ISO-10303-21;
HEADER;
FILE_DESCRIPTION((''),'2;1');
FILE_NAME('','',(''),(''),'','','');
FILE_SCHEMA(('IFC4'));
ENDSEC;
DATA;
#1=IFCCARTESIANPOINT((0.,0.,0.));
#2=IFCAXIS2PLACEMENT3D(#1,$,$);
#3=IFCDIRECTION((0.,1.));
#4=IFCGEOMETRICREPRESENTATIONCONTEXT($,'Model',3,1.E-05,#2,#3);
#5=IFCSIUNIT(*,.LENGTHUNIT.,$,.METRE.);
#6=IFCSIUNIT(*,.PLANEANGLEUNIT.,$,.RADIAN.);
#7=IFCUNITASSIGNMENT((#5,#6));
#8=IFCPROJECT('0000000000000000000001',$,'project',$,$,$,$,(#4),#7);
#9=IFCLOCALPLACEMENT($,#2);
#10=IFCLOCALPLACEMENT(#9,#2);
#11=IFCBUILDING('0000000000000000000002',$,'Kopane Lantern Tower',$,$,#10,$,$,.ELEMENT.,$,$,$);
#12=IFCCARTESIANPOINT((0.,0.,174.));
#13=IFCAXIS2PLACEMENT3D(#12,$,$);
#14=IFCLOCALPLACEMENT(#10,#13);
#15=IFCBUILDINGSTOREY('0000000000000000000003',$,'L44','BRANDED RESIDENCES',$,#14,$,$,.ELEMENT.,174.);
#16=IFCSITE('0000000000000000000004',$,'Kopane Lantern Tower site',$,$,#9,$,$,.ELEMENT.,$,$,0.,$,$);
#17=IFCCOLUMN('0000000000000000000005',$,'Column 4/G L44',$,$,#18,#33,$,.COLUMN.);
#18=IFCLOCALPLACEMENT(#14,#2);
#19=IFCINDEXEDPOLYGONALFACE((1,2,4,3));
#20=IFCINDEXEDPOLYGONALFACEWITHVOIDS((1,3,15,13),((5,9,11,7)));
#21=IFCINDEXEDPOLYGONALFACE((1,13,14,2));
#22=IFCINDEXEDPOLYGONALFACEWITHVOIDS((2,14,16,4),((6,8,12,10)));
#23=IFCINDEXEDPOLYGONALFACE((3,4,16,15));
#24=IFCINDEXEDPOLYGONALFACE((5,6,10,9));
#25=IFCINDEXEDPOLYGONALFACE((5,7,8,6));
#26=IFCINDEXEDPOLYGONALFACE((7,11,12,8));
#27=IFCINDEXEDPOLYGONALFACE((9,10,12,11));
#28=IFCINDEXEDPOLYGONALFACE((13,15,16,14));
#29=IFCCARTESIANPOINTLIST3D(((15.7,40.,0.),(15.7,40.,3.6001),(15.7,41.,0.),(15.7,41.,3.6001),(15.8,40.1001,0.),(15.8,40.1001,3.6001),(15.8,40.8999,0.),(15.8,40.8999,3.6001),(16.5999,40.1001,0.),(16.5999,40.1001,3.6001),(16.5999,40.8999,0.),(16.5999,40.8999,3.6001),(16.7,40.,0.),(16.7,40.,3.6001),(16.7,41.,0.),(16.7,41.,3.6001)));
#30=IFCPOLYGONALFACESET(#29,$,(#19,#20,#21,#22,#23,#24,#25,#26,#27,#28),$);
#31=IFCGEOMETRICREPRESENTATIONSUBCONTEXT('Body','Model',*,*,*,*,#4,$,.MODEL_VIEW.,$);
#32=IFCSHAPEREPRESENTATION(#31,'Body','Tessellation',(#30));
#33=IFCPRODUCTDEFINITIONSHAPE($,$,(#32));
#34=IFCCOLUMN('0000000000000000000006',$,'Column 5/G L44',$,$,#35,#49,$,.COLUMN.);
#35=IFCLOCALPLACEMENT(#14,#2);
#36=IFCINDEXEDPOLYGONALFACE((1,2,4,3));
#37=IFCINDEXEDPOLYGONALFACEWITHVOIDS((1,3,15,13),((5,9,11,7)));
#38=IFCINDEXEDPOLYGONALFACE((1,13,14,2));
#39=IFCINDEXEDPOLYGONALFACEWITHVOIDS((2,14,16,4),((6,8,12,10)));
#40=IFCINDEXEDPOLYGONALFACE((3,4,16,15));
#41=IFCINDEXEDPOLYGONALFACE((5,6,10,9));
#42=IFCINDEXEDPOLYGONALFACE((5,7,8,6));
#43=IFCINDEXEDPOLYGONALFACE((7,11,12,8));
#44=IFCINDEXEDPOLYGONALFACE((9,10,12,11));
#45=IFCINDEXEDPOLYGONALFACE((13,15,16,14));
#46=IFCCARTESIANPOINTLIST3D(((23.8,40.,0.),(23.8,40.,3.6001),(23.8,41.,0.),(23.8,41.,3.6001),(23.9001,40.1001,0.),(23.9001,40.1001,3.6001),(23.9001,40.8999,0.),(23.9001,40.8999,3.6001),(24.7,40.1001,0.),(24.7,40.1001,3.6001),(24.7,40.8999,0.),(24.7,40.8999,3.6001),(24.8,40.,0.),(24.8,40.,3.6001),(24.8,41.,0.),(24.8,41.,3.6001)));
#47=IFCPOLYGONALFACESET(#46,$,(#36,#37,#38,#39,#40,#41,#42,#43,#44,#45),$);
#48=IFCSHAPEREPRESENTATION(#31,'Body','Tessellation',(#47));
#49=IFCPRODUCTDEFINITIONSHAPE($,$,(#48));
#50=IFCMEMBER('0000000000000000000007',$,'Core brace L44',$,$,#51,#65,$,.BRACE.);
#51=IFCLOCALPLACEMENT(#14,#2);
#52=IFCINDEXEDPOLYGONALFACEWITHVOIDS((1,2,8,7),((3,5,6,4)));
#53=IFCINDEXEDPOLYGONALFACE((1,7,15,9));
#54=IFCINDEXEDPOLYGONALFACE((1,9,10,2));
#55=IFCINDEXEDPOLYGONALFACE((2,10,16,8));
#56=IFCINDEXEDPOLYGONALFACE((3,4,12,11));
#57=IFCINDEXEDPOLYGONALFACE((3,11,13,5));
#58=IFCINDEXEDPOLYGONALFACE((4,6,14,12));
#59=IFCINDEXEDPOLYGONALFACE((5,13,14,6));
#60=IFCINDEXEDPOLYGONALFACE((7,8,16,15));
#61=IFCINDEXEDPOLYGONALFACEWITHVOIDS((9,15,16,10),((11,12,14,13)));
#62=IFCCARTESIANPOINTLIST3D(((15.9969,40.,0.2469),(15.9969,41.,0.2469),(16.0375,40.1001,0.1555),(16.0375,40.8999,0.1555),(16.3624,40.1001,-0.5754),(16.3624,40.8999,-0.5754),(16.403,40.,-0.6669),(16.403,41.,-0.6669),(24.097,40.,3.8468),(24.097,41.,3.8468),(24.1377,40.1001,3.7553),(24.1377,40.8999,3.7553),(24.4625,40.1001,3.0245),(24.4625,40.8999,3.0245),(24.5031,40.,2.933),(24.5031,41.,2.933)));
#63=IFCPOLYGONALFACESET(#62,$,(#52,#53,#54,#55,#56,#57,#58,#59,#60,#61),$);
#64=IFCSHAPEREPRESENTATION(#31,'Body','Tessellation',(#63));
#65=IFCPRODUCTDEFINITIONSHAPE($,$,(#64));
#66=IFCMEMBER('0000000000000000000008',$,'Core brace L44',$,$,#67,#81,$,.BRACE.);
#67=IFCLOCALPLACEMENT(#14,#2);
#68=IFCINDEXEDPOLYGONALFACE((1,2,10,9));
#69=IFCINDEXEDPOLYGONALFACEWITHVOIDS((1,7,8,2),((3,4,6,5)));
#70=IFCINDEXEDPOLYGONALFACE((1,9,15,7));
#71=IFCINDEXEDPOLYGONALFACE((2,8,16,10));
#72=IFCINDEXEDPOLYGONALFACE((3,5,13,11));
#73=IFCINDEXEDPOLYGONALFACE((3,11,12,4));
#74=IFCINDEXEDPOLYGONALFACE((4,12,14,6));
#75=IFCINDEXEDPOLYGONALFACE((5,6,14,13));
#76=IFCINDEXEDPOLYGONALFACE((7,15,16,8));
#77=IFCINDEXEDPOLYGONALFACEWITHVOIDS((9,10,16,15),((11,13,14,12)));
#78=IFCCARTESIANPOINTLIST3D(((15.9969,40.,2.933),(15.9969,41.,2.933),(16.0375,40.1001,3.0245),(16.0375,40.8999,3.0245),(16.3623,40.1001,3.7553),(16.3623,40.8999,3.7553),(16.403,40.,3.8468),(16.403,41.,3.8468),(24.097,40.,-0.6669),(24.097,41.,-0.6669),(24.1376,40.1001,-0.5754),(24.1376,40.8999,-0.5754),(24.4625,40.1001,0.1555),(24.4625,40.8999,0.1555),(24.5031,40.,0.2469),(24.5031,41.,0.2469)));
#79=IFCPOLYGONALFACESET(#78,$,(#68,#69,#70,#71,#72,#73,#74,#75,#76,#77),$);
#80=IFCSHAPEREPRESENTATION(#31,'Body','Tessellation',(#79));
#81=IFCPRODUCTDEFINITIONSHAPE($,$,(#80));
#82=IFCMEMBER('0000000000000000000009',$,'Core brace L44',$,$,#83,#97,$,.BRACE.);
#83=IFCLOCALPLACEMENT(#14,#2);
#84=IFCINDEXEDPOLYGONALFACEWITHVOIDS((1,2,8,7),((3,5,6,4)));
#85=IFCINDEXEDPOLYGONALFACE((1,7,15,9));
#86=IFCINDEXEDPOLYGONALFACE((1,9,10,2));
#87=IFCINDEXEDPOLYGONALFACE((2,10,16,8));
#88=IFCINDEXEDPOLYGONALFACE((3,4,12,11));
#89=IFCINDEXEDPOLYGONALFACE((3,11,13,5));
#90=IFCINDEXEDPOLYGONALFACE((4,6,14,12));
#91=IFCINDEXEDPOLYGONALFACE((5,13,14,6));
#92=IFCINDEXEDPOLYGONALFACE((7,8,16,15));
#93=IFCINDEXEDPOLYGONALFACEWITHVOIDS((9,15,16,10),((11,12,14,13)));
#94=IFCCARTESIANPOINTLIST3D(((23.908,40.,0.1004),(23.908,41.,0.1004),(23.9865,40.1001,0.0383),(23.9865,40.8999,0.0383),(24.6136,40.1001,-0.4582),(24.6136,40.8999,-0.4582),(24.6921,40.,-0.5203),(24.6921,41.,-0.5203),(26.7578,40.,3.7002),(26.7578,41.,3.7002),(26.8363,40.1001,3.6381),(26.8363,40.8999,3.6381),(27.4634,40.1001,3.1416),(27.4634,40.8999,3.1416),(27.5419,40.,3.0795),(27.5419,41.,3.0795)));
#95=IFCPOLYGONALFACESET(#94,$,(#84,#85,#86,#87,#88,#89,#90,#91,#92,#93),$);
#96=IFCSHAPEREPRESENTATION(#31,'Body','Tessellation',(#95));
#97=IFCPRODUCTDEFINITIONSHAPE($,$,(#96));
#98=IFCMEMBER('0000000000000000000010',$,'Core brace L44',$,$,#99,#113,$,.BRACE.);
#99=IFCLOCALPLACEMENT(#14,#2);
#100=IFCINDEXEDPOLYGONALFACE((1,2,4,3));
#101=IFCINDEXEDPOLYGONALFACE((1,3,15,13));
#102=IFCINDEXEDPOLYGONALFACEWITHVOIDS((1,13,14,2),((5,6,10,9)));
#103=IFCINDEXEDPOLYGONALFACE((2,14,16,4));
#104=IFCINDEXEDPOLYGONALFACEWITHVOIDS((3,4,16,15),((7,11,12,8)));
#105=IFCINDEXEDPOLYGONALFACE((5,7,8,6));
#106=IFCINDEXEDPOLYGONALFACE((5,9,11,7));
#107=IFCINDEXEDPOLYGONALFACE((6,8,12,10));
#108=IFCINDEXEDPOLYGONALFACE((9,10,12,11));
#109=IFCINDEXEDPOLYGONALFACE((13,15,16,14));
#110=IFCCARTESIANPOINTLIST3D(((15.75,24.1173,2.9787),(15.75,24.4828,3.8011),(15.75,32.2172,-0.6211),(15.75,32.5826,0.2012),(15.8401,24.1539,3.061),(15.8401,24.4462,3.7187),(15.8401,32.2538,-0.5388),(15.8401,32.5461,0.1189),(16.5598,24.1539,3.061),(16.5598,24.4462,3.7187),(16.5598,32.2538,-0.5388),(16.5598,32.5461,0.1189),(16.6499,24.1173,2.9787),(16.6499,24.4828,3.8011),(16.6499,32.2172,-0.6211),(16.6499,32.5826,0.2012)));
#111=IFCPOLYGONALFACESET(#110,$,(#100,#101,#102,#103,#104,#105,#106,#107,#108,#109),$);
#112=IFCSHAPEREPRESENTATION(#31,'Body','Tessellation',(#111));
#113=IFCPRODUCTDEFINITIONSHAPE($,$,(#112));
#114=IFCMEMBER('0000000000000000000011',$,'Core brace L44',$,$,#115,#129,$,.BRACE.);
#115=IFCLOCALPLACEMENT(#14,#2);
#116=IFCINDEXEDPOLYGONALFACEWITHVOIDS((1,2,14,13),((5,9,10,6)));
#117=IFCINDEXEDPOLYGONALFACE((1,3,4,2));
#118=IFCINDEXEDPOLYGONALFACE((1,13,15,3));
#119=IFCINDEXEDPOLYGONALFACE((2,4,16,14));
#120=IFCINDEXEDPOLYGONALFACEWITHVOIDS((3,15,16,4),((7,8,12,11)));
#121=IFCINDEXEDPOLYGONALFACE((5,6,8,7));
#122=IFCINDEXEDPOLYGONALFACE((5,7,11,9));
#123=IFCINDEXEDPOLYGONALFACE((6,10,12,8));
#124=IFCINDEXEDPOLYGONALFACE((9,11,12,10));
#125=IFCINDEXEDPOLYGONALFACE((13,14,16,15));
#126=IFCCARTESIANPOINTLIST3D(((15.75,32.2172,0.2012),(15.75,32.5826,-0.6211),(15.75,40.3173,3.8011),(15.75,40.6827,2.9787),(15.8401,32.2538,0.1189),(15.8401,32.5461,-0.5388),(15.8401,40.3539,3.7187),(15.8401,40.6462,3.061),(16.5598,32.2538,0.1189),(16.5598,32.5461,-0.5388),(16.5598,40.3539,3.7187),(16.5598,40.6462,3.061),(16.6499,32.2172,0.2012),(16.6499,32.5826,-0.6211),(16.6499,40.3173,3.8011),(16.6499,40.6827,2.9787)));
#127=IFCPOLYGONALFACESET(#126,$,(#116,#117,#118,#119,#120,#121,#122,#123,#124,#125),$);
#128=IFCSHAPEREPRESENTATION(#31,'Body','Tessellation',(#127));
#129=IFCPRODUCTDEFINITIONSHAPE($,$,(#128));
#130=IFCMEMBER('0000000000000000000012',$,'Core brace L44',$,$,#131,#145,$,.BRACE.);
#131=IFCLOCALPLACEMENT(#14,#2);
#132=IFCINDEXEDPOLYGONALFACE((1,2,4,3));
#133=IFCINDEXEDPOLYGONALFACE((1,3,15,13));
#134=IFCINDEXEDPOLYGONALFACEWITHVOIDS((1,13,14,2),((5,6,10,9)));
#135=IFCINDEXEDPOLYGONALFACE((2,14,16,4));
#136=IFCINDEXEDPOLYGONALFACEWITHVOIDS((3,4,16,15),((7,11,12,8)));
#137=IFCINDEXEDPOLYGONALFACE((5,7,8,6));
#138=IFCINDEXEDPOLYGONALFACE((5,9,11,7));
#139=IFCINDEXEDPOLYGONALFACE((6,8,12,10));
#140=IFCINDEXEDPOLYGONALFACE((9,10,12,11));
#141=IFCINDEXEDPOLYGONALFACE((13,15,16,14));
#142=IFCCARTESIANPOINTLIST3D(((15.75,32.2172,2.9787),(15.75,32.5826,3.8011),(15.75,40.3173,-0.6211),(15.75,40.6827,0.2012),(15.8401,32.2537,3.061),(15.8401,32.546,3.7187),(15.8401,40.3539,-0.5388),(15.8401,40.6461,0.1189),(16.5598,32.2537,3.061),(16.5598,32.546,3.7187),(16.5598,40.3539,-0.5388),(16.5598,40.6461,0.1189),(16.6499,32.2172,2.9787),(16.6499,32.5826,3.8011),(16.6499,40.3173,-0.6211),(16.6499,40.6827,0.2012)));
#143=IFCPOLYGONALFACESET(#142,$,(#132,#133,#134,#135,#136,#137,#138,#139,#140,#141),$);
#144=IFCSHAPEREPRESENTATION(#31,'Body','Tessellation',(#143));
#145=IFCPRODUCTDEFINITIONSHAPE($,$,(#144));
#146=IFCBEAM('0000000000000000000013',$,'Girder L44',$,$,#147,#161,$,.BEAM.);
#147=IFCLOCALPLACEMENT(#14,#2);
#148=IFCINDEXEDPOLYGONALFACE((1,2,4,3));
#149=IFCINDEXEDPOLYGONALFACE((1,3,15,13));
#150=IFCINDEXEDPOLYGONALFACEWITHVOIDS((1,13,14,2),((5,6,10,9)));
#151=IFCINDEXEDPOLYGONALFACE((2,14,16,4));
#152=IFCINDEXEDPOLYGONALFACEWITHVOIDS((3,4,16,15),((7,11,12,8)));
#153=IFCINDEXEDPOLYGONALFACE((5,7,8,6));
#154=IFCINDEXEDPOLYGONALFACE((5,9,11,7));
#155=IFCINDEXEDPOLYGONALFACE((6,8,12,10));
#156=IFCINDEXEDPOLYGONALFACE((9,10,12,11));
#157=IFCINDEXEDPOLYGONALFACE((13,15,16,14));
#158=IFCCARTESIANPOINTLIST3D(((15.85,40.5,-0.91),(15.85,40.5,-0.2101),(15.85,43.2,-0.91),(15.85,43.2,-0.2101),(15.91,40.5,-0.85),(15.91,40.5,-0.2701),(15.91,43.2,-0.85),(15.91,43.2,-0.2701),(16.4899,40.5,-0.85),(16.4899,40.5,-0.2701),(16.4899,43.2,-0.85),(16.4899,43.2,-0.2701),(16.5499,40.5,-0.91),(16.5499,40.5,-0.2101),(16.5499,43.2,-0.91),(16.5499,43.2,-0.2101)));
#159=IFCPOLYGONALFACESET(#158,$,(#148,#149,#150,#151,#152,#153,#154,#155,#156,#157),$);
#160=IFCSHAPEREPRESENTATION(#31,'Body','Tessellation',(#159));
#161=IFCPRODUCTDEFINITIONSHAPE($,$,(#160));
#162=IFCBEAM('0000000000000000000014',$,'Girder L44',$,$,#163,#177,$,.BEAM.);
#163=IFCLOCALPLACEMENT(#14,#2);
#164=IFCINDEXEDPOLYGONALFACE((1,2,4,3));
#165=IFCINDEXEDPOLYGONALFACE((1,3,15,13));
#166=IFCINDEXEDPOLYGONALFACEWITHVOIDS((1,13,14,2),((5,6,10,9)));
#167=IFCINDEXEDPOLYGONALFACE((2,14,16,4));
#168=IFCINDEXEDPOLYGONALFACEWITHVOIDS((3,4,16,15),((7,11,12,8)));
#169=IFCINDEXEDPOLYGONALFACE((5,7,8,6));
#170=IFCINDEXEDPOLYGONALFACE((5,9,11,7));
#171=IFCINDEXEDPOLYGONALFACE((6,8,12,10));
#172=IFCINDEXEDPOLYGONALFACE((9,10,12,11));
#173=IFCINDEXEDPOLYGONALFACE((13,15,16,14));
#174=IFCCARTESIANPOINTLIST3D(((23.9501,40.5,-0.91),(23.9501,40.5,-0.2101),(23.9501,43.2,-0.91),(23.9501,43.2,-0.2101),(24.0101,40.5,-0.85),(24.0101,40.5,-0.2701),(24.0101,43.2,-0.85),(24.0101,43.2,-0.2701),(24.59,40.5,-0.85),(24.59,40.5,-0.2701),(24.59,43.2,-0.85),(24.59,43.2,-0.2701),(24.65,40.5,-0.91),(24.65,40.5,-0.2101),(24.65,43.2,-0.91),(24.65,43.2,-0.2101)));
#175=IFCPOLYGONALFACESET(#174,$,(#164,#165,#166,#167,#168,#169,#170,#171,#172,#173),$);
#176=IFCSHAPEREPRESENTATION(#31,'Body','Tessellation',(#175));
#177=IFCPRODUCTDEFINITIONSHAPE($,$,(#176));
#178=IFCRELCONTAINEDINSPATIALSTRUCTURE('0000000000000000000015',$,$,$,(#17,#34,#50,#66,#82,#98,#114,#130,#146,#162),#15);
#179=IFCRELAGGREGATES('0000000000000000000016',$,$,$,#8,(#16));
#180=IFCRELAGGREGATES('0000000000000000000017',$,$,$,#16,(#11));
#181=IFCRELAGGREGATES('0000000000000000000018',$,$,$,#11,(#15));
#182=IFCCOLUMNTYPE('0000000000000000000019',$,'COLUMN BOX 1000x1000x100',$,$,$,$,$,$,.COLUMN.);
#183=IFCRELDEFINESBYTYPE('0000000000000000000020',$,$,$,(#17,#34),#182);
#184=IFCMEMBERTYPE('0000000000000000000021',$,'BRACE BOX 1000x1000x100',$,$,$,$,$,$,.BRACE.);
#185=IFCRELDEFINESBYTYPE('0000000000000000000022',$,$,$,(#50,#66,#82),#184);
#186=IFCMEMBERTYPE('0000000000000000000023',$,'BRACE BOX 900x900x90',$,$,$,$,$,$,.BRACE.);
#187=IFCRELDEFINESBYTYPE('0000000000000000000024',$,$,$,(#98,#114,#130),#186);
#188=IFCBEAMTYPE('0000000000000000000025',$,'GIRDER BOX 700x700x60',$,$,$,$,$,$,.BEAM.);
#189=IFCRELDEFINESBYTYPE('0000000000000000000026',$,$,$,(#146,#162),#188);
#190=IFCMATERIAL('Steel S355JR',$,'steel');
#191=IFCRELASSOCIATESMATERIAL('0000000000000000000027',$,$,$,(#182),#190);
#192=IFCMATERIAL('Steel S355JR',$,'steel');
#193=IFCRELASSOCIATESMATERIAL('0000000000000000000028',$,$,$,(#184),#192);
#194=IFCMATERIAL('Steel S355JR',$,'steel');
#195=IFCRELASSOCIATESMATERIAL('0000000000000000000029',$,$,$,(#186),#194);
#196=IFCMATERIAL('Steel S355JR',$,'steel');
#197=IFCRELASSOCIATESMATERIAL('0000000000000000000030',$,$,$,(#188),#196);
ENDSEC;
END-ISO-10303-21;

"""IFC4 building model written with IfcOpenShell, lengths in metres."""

from ifc_helpers import new_model, si_unit, direction, frame, origin, origin_2d, place, context, subcontext, project, spatial, hollow_rectangle, extrude, material, material_profile, profile_set, type_object, element, save


model = new_model("IFC4")

# Units and contexts
model_context = context("Model", 3, precision=1e-05, world=origin(), true_north=direction((0.0, 1.0)))
body_context = subcontext(model_context, "Body", "Model", "MODEL_VIEW")
ifc_project = project(units=[si_unit("LENGTHUNIT", "METRE"), si_unit("PLANEANGLEUNIT", "RADIAN")], contexts=[model_context])

# Site, building, storey
site_placement = place(None, origin())
site = spatial("IfcSite", under=ifc_project, at=site_placement, Name="Kopane Lantern Tower site", CompositionType="ELEMENT", RefElevation=0.0)
building_placement = place(site_placement, origin())
building = spatial("IfcBuilding", under=site, at=building_placement, Name="Kopane Lantern Tower", CompositionType="ELEMENT")
storey_placement = place(building_placement, frame((0.0, 0.0, 174.0)))
storey = spatial("IfcBuildingStorey", under=building, at=storey_placement, Name="L44", Description="BRANDED RESIDENCES", CompositionType="ELEMENT", Elevation=174.0)

# Columns
ifc_material_1 = material(Name="Steel S355JR", Category="steel")
ifc_material_profile_1 = material_profile(ifc_material_1, hollow_rectangle(XDim=1.0, YDim=1.0, WallThickness=0.1001, at=origin_2d()), Name="BOX 1000x1000x100")
ifc_profile_set_1 = profile_set([ifc_material_profile_1], Name="Steel S355JR")
column_type = type_object("IfcColumnType", Name="COLUMN BOX 1000x1000x100", PredefinedType="COLUMN", material=ifc_profile_set_1)
for number, where, z_axis, x_axis, name in (
    (1, (16.2, 40.5, 0.0), (0.0, 0.0, 1.0), (1.0, 0.0, 0.0), "Column 4/G L44"),
    (2, (24.3, 40.5, 0.0), (0.0, 0.0, 1.0), (1.0, 0.0, 0.0), "Column 5/G L44"),
):
    element("IfcColumn", number, at=place(storey_placement, frame(where, z_axis=z_axis, x_axis=x_axis)), inside=storey, type_object=column_type, Name=name, PredefinedType="COLUMN", context=body_context, shape_type="SweptSolid", body=[
        extrude(hollow_rectangle(XDim=1.0, YDim=1.0, WallThickness=0.1001, at=origin_2d()), origin(), (0.0, 0.0, 1.0), 3.6001),
    ])

# Members
ifc_material_2 = material(Name="Steel S355JR", Category="steel")
ifc_material_profile_2 = material_profile(ifc_material_2, hollow_rectangle(XDim=1.0, YDim=1.0, WallThickness=0.1001, at=origin_2d()), Name="BOX 1000x1000x100")
ifc_profile_set_2 = profile_set([ifc_material_profile_2], Name="Steel S355JR")
member_type_1 = type_object("IfcMemberType", Name="BRACE BOX 1000x1000x100", PredefinedType="BRACE", material=ifc_profile_set_2)
for number, where, z_axis, x_axis, name in (
    (3, (16.2, 40.5, -0.21), (0.913819, 0.0, 0.406121), (0.0, 1.0, 0.0), "Core brace L44"),
    (4, (24.3, 40.5, -0.21), (-0.913819, 0.0, 0.406121), (0.0, -1.0, 0.0), "Core brace L44"),
):
    element("IfcMember", number, at=place(storey_placement, frame(where, z_axis=z_axis, x_axis=x_axis)), inside=storey, type_object=member_type_1, Name=name, PredefinedType="BRACE", context=body_context, shape_type="SweptSolid", body=[
        extrude(hollow_rectangle(XDim=1.0, YDim=1.0, WallThickness=0.1001, at=origin_2d()), origin(), (0.0, 0.0, 1.0), 8.864),
    ])
member_1_placement = place(storey_placement, frame((24.3, 40.5, -0.21), z_axis=(0.620699, 0.0, 0.784049), x_axis=(0.0, 1.0, 0.0)))
element("IfcMember", 5, at=member_1_placement, inside=storey, type_object=member_type_1, Name="Core brace L44", PredefinedType="BRACE", context=body_context, shape_type="SweptSolid", body=[
    extrude(hollow_rectangle(XDim=1.0, YDim=1.0, WallThickness=0.1001, at=origin_2d()), origin(), (0.0, 0.0, 1.0), 4.5913),
])
ifc_material_3 = material(Name="Steel S355JR", Category="steel")
ifc_material_profile_3 = material_profile(ifc_material_3, hollow_rectangle(XDim=0.8999, YDim=0.8999, WallThickness=0.0901, at=origin_2d()), Name="BOX 900x900x90")
ifc_profile_set_3 = profile_set([ifc_material_profile_3], Name="Steel S355JR")
member_type_2 = type_object("IfcMemberType", Name="BRACE BOX 900x900x90", PredefinedType="BRACE", material=ifc_profile_set_3)
member_2_placement = place(storey_placement, frame((16.2, 32.3999, -0.21), z_axis=(0.0, -0.913815, 0.406131), x_axis=(1.0, 0.0, 0.0)))
element("IfcMember", 6, at=member_2_placement, inside=storey, type_object=member_type_2, Name="Core brace L44", PredefinedType="BRACE", context=body_context, shape_type="SweptSolid", body=[
    extrude(hollow_rectangle(XDim=0.8999, YDim=0.8999, WallThickness=0.0901, at=origin_2d()), origin(), (0.0, 0.0, 1.0), 8.8638),
])
for number, where, z_axis, x_axis, name in (
    (7, (16.2, 32.3999, -0.21), (0.0, 0.913819, 0.406121), (-1.0, 0.0, 0.0), "Core brace L44"),
    (8, (16.2, 40.5, -0.21), (0.0, -0.913819, 0.406121), (1.0, 0.0, 0.0), "Core brace L44"),
):
    element("IfcMember", number, at=place(storey_placement, frame(where, z_axis=z_axis, x_axis=x_axis)), inside=storey, type_object=member_type_2, Name=name, PredefinedType="BRACE", context=body_context, shape_type="SweptSolid", body=[
        extrude(hollow_rectangle(XDim=0.8999, YDim=0.8999, WallThickness=0.0901, at=origin_2d()), origin(), (0.0, 0.0, 1.0), 8.864),
    ])

# Beams
ifc_material_4 = material(Name="Steel S355JR", Category="steel")
ifc_material_profile_4 = material_profile(ifc_material_4, hollow_rectangle(XDim=0.7, YDim=0.7, WallThickness=0.0601, at=origin_2d()), Name="BOX 700x700x60")
ifc_profile_set_4 = profile_set([ifc_material_profile_4], Name="Steel S355JR")
beam_type_1 = type_object("IfcBeamType", Name="GIRDER BOX 700x700x60", PredefinedType="BEAM", material=ifc_profile_set_4)
for number, where, z_axis, x_axis, name in (
    (9, (16.2, 40.5, -0.5601), (0.0, 1.0, 0.0), (-1.0, 0.0, 0.0), "Girder L44"),
    (10, (24.3, 40.5, -0.5601), (0.0, 1.0, 0.0), (-1.0, 0.0, 0.0), "Girder L44"),
):
    element("IfcBeam", number, at=place(storey_placement, frame(where, z_axis=z_axis, x_axis=x_axis)), inside=storey, type_object=beam_type_1, Name=name, PredefinedType="BEAM", context=body_context, shape_type="SweptSolid", body=[
        extrude(hollow_rectangle(XDim=0.7, YDim=0.7, WallThickness=0.0601, at=origin_2d()), origin(), (0.0, 0.0, 1.0), 2.7),
    ])

save(model, "model.ifc")
